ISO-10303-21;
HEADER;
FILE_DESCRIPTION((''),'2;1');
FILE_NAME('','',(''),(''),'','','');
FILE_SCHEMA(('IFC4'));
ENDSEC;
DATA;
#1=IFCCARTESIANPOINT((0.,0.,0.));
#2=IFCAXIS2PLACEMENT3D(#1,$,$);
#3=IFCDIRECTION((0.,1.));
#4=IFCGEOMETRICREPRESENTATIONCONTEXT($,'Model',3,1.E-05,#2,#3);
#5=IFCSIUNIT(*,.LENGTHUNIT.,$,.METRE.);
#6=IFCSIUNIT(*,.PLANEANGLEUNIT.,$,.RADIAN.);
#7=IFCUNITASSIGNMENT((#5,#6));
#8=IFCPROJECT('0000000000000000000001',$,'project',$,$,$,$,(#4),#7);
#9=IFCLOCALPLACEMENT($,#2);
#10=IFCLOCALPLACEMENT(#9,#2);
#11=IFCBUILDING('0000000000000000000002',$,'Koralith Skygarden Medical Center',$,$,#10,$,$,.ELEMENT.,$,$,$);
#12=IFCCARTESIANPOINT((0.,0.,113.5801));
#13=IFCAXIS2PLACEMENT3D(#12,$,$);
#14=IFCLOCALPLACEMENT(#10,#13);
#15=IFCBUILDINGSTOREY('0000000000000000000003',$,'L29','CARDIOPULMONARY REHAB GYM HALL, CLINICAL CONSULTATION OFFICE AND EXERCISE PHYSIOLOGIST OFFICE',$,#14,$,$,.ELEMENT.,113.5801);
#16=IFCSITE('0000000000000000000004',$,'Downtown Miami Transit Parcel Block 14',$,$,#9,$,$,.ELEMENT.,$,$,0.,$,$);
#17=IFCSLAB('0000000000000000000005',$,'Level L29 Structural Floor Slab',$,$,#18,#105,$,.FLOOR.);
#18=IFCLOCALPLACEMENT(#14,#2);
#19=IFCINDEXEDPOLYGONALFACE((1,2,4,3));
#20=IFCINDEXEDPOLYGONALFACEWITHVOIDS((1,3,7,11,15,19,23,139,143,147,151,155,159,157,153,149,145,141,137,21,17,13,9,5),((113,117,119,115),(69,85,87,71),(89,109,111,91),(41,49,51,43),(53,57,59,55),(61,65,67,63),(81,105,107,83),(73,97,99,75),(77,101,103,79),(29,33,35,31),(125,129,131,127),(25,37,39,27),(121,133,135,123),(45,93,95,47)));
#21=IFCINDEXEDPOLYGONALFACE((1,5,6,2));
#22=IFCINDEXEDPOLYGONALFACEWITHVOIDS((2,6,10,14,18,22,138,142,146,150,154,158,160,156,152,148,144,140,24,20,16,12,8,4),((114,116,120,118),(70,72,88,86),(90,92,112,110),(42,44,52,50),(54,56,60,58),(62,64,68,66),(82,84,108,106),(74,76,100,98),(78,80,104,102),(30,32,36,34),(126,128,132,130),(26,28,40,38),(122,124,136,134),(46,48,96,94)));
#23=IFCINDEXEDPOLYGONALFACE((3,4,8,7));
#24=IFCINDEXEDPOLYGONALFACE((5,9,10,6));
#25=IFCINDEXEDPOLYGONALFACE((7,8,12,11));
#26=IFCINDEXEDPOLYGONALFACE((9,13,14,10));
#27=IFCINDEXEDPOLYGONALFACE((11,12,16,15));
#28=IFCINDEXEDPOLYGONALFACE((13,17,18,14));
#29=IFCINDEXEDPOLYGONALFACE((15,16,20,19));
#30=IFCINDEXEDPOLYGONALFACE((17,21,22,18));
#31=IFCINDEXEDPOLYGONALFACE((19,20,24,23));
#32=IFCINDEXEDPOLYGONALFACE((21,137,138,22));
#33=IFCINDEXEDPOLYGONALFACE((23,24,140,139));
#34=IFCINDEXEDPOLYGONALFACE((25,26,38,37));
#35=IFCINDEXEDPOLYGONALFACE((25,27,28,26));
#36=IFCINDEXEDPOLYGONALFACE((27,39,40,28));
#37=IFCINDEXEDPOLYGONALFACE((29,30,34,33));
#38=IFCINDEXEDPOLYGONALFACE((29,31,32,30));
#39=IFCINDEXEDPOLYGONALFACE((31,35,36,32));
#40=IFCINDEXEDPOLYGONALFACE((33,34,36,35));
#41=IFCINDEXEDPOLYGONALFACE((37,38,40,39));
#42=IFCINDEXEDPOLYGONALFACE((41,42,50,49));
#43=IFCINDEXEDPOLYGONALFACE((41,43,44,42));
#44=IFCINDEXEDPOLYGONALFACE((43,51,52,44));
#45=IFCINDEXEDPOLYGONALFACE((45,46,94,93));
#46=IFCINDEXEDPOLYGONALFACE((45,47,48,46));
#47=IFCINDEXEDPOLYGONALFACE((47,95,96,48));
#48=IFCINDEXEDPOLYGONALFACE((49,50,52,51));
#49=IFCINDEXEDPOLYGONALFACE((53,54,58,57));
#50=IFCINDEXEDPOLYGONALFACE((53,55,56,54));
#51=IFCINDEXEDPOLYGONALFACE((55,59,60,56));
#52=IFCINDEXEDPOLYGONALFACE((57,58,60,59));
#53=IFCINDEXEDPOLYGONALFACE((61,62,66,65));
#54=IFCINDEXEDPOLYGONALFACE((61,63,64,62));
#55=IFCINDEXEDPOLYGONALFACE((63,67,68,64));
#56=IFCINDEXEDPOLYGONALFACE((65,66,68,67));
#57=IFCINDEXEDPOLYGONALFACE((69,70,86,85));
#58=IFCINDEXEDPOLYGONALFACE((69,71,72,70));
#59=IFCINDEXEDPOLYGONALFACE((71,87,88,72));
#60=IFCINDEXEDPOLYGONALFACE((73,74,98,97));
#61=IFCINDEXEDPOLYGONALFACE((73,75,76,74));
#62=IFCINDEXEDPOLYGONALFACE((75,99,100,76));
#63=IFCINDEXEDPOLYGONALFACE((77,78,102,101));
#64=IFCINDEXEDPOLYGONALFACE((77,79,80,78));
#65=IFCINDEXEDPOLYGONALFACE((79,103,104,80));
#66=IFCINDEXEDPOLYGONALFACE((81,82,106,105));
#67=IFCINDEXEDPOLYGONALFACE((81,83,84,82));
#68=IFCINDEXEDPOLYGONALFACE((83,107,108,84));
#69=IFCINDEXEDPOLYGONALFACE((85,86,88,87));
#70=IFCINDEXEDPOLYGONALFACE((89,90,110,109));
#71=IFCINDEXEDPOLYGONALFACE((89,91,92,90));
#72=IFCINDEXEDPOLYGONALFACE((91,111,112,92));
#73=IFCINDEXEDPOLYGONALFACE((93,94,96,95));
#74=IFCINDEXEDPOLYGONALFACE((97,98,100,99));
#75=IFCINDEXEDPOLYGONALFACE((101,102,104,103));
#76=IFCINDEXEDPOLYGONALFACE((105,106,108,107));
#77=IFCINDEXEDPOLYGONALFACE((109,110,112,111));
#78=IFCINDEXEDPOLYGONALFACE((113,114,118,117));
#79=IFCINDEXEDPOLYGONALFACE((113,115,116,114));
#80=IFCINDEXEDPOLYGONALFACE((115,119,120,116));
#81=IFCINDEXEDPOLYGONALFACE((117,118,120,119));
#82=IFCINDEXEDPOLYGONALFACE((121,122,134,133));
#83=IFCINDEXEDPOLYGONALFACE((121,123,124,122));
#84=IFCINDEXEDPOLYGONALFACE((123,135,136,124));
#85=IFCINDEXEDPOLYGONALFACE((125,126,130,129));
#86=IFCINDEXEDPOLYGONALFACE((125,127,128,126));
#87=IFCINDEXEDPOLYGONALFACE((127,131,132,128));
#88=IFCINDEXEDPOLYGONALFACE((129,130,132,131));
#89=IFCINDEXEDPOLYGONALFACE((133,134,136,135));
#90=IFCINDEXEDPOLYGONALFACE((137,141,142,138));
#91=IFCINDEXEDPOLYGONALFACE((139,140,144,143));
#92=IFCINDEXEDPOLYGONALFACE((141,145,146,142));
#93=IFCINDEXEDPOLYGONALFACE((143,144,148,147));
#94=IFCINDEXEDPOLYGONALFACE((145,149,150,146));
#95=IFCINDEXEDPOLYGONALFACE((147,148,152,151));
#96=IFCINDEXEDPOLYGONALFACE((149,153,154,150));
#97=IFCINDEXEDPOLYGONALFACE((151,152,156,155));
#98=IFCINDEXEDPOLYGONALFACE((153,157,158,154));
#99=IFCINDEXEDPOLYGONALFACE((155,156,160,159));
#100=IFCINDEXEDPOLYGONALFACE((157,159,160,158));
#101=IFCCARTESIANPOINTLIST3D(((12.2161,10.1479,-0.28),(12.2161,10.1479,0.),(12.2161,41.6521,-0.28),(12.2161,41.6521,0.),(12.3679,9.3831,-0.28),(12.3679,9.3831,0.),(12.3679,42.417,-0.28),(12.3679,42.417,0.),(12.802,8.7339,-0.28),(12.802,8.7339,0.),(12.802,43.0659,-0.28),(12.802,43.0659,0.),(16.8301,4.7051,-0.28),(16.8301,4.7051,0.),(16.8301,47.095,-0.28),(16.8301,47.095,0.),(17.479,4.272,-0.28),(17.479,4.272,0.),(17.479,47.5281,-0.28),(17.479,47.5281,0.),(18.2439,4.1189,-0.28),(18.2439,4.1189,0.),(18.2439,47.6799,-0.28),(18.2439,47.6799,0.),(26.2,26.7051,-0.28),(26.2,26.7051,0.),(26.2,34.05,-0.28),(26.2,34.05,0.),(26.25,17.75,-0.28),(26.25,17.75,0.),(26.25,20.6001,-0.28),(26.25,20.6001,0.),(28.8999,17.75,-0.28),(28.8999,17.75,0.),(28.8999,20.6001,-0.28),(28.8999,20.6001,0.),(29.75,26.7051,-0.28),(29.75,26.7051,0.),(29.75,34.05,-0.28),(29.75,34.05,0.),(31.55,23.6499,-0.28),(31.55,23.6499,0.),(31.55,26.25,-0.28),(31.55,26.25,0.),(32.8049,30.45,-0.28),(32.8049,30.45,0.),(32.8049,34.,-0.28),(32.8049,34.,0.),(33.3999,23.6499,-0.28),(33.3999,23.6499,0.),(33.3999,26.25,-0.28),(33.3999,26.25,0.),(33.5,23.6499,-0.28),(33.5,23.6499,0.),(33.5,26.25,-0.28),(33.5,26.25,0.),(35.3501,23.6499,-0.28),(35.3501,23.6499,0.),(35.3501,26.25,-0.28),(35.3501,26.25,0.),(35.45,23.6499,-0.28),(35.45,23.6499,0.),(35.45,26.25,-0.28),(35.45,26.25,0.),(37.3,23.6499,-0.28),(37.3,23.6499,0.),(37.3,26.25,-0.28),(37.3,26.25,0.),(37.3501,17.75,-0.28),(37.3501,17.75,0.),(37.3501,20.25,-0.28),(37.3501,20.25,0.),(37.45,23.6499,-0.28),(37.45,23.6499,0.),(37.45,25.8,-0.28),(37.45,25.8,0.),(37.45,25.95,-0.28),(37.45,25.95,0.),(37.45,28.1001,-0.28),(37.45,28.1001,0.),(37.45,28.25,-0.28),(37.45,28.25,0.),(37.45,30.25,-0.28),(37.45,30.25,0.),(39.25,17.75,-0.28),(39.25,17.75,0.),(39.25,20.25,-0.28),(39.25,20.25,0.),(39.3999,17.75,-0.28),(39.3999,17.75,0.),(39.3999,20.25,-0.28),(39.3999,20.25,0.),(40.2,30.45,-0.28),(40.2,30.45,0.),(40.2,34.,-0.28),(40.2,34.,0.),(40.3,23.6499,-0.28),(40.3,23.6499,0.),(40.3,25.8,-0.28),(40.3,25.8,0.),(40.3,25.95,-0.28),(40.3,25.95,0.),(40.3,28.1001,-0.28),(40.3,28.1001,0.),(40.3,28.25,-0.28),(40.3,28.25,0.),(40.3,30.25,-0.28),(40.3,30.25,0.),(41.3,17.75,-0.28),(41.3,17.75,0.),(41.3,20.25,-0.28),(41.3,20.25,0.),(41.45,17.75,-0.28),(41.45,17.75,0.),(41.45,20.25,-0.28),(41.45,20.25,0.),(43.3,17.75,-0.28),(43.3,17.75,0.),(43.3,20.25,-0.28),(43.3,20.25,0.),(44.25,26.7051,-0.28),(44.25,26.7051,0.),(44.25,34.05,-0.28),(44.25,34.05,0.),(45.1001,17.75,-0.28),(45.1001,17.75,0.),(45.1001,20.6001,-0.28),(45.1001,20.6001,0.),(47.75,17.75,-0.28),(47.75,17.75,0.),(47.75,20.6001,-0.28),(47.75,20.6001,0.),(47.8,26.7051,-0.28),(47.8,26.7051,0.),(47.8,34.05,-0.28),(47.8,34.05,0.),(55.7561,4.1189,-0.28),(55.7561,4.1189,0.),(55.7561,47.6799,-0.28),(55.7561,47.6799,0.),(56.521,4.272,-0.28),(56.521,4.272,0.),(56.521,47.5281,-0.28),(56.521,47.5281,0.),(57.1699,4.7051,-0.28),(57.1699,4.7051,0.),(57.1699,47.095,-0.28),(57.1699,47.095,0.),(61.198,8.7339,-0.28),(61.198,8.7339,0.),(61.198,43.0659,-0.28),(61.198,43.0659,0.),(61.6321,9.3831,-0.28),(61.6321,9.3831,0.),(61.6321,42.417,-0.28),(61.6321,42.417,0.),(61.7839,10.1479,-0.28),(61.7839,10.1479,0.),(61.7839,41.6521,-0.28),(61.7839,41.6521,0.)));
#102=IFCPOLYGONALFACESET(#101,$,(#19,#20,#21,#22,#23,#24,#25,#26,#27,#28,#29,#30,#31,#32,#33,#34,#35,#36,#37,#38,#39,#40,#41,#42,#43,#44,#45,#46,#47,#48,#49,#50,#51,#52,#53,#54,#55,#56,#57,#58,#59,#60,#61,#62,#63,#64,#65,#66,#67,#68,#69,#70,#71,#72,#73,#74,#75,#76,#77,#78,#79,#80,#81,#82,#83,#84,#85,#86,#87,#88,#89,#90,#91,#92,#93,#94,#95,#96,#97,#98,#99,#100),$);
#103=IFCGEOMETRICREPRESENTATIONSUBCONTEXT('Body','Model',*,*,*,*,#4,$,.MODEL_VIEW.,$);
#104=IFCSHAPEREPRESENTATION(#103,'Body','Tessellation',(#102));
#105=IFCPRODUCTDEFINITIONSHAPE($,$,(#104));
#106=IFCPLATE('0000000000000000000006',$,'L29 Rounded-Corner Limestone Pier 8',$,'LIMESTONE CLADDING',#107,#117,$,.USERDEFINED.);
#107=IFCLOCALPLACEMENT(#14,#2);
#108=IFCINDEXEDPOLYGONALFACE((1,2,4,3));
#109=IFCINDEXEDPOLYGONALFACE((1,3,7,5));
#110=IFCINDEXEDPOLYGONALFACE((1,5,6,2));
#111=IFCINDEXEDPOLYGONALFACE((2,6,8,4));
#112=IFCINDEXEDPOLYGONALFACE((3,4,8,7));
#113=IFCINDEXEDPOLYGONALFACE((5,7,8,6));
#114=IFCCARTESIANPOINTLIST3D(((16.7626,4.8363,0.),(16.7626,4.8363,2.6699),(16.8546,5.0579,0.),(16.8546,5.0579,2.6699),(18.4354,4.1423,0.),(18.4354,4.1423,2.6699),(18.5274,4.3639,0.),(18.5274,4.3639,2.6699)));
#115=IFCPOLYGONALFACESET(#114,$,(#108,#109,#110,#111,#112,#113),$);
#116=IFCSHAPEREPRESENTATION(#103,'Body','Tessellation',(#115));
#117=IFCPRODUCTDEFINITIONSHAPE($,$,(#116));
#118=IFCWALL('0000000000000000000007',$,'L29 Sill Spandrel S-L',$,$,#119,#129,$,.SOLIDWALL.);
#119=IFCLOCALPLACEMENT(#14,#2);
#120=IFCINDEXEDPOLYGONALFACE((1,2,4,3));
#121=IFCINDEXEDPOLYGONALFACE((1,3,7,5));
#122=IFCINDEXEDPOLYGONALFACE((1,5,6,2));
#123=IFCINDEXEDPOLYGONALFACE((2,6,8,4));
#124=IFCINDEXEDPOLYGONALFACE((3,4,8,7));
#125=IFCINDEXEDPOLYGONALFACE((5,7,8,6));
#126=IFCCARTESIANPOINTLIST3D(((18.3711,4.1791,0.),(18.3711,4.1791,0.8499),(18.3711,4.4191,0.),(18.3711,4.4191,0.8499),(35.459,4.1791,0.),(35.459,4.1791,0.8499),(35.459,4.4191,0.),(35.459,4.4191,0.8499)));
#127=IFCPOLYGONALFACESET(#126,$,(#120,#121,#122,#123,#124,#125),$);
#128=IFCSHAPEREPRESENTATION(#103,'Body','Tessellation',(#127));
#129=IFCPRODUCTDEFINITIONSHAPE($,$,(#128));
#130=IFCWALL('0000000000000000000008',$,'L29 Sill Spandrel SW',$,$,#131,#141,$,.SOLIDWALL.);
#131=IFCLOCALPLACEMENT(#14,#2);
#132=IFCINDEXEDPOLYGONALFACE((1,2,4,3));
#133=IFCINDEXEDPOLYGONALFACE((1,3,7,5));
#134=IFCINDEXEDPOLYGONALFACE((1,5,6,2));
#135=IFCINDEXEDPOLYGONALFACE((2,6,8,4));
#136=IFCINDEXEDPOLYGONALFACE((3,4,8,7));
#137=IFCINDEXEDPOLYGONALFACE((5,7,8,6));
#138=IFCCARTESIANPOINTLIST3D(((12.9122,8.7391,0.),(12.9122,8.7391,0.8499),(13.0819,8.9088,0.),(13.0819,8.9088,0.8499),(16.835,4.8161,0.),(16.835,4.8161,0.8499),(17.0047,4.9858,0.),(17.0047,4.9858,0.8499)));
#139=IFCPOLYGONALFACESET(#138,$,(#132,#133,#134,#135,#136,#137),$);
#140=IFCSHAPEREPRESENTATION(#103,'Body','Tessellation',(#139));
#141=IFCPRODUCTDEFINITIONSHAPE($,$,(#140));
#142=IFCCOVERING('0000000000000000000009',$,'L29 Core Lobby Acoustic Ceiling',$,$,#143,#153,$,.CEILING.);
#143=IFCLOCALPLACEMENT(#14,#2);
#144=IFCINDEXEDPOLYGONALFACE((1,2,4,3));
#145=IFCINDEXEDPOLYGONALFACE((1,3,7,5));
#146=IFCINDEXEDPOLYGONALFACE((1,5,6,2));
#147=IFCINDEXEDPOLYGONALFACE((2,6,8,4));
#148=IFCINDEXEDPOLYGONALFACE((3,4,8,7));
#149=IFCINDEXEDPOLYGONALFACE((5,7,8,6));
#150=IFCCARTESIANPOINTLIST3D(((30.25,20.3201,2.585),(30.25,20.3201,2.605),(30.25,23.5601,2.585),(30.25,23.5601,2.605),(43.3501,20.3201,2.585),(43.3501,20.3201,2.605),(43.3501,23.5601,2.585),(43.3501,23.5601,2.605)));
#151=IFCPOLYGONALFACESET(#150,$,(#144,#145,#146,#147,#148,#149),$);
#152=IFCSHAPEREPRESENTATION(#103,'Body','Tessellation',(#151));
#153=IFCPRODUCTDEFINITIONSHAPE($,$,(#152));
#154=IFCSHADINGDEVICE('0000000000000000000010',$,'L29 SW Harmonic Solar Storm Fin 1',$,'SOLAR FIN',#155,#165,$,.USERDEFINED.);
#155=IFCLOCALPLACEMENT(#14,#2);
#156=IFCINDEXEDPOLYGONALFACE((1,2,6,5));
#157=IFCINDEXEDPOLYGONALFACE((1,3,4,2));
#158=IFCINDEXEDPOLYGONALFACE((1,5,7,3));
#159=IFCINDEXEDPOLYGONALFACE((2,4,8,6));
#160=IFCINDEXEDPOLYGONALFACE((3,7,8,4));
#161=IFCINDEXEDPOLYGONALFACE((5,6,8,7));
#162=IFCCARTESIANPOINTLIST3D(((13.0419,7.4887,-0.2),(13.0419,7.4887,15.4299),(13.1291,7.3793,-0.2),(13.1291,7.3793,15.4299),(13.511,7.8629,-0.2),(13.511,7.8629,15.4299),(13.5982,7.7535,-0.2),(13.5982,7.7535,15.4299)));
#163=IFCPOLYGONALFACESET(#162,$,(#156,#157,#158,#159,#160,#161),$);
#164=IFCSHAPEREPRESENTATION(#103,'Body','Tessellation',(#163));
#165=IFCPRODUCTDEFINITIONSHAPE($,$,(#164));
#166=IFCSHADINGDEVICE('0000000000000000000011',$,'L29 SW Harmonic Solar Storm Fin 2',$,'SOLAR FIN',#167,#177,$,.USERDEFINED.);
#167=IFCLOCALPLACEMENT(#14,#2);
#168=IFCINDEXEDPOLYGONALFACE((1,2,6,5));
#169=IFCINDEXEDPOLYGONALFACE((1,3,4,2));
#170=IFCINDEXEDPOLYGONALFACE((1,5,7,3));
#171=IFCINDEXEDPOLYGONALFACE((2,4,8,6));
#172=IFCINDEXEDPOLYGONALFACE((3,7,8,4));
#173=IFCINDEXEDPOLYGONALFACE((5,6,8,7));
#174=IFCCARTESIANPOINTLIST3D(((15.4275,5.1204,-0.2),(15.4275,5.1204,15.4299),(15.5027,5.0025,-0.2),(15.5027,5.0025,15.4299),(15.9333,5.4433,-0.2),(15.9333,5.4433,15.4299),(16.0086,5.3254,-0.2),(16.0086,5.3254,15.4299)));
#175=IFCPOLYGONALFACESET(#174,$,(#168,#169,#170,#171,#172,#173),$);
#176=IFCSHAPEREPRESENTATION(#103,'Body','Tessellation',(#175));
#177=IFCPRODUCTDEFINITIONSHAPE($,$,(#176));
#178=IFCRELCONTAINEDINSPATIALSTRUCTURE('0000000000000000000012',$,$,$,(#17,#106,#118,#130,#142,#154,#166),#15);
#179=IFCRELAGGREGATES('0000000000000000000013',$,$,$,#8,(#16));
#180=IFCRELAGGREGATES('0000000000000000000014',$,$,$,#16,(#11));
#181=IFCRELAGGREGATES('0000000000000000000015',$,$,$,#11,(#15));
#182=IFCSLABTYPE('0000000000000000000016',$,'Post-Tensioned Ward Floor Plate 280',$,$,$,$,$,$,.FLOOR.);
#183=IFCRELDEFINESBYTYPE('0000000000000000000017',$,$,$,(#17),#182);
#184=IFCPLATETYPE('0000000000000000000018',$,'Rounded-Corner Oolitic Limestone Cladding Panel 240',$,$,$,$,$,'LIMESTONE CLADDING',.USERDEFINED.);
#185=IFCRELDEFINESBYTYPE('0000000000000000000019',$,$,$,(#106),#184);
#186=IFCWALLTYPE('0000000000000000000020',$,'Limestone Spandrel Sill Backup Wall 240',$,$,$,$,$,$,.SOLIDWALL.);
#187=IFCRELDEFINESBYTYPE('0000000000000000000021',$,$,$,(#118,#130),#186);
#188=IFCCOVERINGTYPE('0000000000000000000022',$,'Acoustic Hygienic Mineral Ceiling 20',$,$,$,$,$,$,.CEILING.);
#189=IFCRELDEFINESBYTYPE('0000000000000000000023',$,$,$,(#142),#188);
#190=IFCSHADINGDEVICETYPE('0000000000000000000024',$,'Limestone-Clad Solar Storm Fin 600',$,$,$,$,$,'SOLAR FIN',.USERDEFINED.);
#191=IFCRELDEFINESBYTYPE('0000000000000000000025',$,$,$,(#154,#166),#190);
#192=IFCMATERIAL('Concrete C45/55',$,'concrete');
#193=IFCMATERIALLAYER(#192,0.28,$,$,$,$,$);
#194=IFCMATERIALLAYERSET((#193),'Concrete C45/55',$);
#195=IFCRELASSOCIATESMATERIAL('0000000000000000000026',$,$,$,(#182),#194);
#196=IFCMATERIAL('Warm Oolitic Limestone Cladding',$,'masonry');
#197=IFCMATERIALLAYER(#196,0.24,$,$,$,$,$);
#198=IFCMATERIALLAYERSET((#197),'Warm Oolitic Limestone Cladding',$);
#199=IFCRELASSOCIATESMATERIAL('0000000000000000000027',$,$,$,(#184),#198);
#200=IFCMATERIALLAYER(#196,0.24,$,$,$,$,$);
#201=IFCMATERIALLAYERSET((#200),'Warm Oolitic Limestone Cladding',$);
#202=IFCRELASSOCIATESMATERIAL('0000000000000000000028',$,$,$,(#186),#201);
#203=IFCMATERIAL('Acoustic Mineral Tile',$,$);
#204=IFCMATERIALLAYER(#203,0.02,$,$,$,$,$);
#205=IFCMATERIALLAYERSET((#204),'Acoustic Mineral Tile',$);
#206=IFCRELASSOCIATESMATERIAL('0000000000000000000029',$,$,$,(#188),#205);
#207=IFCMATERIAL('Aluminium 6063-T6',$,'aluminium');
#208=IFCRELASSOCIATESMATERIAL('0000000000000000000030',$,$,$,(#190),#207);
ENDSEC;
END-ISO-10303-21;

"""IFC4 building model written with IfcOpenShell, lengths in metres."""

from ifc_helpers import new_model, si_unit, direction, frame, frame_2d, origin, origin_2d, place, context, subcontext, project, spatial, polyline, rectangle, outline, extrude, material, layer, layer_set, type_object, element, save


model = new_model("IFC4")

# Units and contexts
model_context = context("Model", 3, precision=1e-05, world=origin(), true_north=direction((0.0, 1.0)))
body_context = subcontext(model_context, "Body", "Model", "MODEL_VIEW")
ifc_project = project(units=[si_unit("LENGTHUNIT", "METRE"), si_unit("PLANEANGLEUNIT", "RADIAN")], contexts=[model_context])

# Site, building, storey
site_placement = place(None, origin())
site = spatial("IfcSite", under=ifc_project, at=site_placement, Name="Downtown Miami Transit Parcel Block 14", CompositionType="ELEMENT", RefElevation=0.0)
building_placement = place(site_placement, origin())
building = spatial("IfcBuilding", under=site, at=building_placement, Name="Koralith Skygarden Medical Center", CompositionType="ELEMENT")
storey_placement = place(building_placement, frame((0.0, 0.0, 113.5801)))
storey = spatial("IfcBuildingStorey", under=building, at=storey_placement, Name="L29", Description="CARDIOPULMONARY REHAB GYM HALL, CLINICAL CONSULTATION OFFICE AND EXERCISE PHYSIOLOGIST OFFICE", CompositionType="ELEMENT", Elevation=113.5801)

# Shared definitions
ifc_material_1 = material(Name="Aluminium 6063-T6", Category="aluminium")

# Shared definitions
ifc_material_2 = material(Name="Concrete C45/55", Category="concrete")

# Slab
ifc_layer_1 = layer(ifc_material_2, 0.28)
ifc_layer_set_1 = layer_set([ifc_layer_1], Name="Concrete C45/55")
slab_type_1 = type_object("IfcSlabType", Name="Post-Tensioned Ward Floor Plate 280", PredefinedType="FLOOR", material=ifc_layer_set_1)
slab_1_placement = place(storey_placement, frame((0.0, 0.0, -0.28)))
element("IfcSlab", 1, at=slab_1_placement, inside=storey, type_object=slab_type_1, Name="Level L29 Structural Floor Slab", PredefinedType="FLOOR", context=body_context, shape_type="SweptSolid", body=[
    extrude(outline(polyline([(16.8301, 4.7051), (17.479, 4.272), (18.2439, 4.1189), (55.7561, 4.1189), (56.521, 4.272), (57.1699, 4.7051), (61.198, 8.7339), (61.6321, 9.3831), (61.7839, 10.1479), (61.7839, 41.6521), (61.6321, 42.417), (61.198, 43.0659), (57.1699, 47.095), (56.521, 47.5281), (55.7561, 47.6799), (18.2439, 47.6799), (17.479, 47.5281), (16.8301, 47.095), (12.802, 43.0659), (12.3679, 42.417), (12.2161, 41.6521), (12.2161, 10.1479), (12.3679, 9.3831), (12.802, 8.7339), (16.8301, 4.7051)]), holes=[polyline([(26.2, 26.7051), (29.75, 26.7051), (29.75, 34.05), (26.2, 34.05), (26.2, 26.7051)]), polyline([(44.25, 26.7051), (47.8, 26.7051), (47.8, 34.05), (44.25, 34.05), (44.25, 26.7051)]), polyline([(32.8049, 30.45), (40.2, 30.45), (40.2, 34.0), (32.8049, 34.0), (32.8049, 30.45)]), polyline([(26.25, 17.75), (28.8999, 17.75), (28.8999, 20.6001), (26.25, 20.6001), (26.25, 17.75)]), polyline([(45.1001, 17.75), (47.75, 17.75), (47.75, 20.6001), (45.1001, 20.6001), (45.1001, 17.75)]), polyline([(37.3501, 17.75), (39.25, 17.75), (39.25, 20.25), (37.3501, 20.25), (37.3501, 17.75)]), polyline([(39.3999, 17.75), (41.3, 17.75), (41.3, 20.25), (39.3999, 20.25), (39.3999, 17.75)]), polyline([(41.45, 17.75), (43.3, 17.75), (43.3, 20.25), (41.45, 20.25), (41.45, 17.75)]), polyline([(31.55, 23.6499), (33.3999, 23.6499), (33.3999, 26.25), (31.55, 26.25), (31.55, 23.6499)]), polyline([(33.5, 23.6499), (35.3501, 23.6499), (35.3501, 26.25), (33.5, 26.25), (33.5, 23.6499)]), polyline([(35.45, 23.6499), (37.3, 23.6499), (37.3, 26.25), (35.45, 26.25), (35.45, 23.6499)]), polyline([(37.45, 23.6499), (40.3, 23.6499), (40.3, 25.8), (37.45, 25.8), (37.45, 23.6499)]), polyline([(37.45, 25.95), (40.3, 25.95), (40.3, 28.1001), (37.45, 28.1001), (37.45, 25.95)]), polyline([(37.45, 28.25), (40.3, 28.25), (40.3, 30.25), (37.45, 30.25), (37.45, 28.25)])]), origin(), (0.0, 0.0, 1.0), 0.28),
])

# Plate
ifc_material_3 = material(Name="Warm Oolitic Limestone Cladding", Category="masonry")
ifc_layer_2 = layer(ifc_material_3, 0.24)
ifc_layer_set_2 = layer_set([ifc_layer_2], Name="Warm Oolitic Limestone Cladding")
plate_type_1 = type_object("IfcPlateType", Name="Rounded-Corner Oolitic Limestone Cladding Panel 240", ElementType="LIMESTONE CLADDING", PredefinedType="USERDEFINED", material=ifc_layer_set_2)
plate_1_placement = place(storey_placement, frame((17.645, 4.6001, 0.0), z_axis=(0.0, 0.0, 1.0), x_axis=(0.92366, -0.383214, 0.0)))
element("IfcPlate", 2, at=plate_1_placement, inside=storey, type_object=plate_type_1, Name="L29 Rounded-Corner Limestone Pier 8", ObjectType="LIMESTONE CLADDING", PredefinedType="USERDEFINED", context=body_context, shape_type="SweptSolid", body=[
    extrude(rectangle(XDim=1.811, YDim=0.24, at=origin_2d()), origin(), (0.0, 0.0, 1.0), 2.6699),
])

# Walls
ifc_layer_3 = layer(ifc_material_3, 0.24)
ifc_layer_set_3 = layer_set([ifc_layer_3], Name="Warm Oolitic Limestone Cladding")
wall_type = type_object("IfcWallType", Name="Limestone Spandrel Sill Backup Wall 240", PredefinedType="SOLIDWALL", material=ifc_layer_set_3)
wall_1_placement = place(storey_placement, frame((18.3711, 4.2991, 0.0), z_axis=(0.0, 0.0, 1.0), x_axis=(1.0, 0.0, 0.0)))
element("IfcWall", 3, at=wall_1_placement, inside=storey, type_object=wall_type, Name="L29 Sill Spandrel S-L", PredefinedType="SOLIDWALL", context=body_context, shape_type="SweptSolid", body=[
    extrude(rectangle(XDim=17.0879, YDim=0.24, at=frame_2d((8.5439, 0.0))), origin(), (0.0, 0.0, 1.0), 0.8499),
])
wall_2_placement = place(storey_placement, frame((12.9971, 8.824, 0.0), z_axis=(0.0, 0.0, 1.0), x_axis=(0.707085, -0.707129, 0.0)))
element("IfcWall", 4, at=wall_2_placement, inside=storey, type_object=wall_type, Name="L29 Sill Spandrel SW", PredefinedType="SOLIDWALL", context=body_context, shape_type="SweptSolid", body=[
    extrude(rectangle(XDim=5.5479, YDim=0.24, at=frame_2d((2.7739, 0.0))), origin(), (0.0, 0.0, 1.0), 0.8499),
])

# Covering
ifc_material_4 = material(Name="Acoustic Mineral Tile")
ifc_layer_4 = layer(ifc_material_4, 0.02)
ifc_layer_set_4 = layer_set([ifc_layer_4], Name="Acoustic Mineral Tile")
covering_type_1 = type_object("IfcCoveringType", Name="Acoustic Hygienic Mineral Ceiling 20", PredefinedType="CEILING", material=ifc_layer_set_4)
covering_1_placement = place(storey_placement, frame((0.0, 0.0, 2.585)))
element("IfcCovering", 5, at=covering_1_placement, inside=storey, type_object=covering_type_1, Name="L29 Core Lobby Acoustic Ceiling", PredefinedType="CEILING", context=body_context, shape_type="SweptSolid", body=[
    extrude(outline(polyline([(30.25, 20.3201), (43.3501, 20.3201), (43.3501, 23.5601), (30.25, 23.5601), (30.25, 20.3201)])), origin(), (0.0, 0.0, 1.0), 0.02),
])

# Shading devices
shading_device_type = type_object("IfcShadingDeviceType", Name="Limestone-Clad Solar Storm Fin 600", ElementType="SOLAR FIN", PredefinedType="USERDEFINED", material=ifc_material_1)
for number, where, z_axis, x_axis, name in (
    (6, (13.3201, 7.6211, -0.2), (0.0, 0.0, 1.0), (-0.781716, -0.623634, 0.0), "L29 SW Harmonic Solar Storm Fin 1"),
    (7, (15.718, 5.2229, -0.2), (0.0, 0.0, 1.0), (-0.842903, -0.538065, 0.0), "L29 SW Harmonic Solar Storm Fin 2"),
):
    element("IfcShadingDevice", number, at=place(storey_placement, frame(where, z_axis=z_axis, x_axis=x_axis)), inside=storey, type_object=shading_device_type, Name=name, ObjectType="SOLAR FIN", PredefinedType="USERDEFINED", context=body_context, shape_type="SweptSolid", body=[
        extrude(rectangle(XDim=0.6001, YDim=0.1399, at=origin_2d()), origin(), (0.0, 0.0, 1.0), 15.6299),
    ])

save(model, "model.ifc")
